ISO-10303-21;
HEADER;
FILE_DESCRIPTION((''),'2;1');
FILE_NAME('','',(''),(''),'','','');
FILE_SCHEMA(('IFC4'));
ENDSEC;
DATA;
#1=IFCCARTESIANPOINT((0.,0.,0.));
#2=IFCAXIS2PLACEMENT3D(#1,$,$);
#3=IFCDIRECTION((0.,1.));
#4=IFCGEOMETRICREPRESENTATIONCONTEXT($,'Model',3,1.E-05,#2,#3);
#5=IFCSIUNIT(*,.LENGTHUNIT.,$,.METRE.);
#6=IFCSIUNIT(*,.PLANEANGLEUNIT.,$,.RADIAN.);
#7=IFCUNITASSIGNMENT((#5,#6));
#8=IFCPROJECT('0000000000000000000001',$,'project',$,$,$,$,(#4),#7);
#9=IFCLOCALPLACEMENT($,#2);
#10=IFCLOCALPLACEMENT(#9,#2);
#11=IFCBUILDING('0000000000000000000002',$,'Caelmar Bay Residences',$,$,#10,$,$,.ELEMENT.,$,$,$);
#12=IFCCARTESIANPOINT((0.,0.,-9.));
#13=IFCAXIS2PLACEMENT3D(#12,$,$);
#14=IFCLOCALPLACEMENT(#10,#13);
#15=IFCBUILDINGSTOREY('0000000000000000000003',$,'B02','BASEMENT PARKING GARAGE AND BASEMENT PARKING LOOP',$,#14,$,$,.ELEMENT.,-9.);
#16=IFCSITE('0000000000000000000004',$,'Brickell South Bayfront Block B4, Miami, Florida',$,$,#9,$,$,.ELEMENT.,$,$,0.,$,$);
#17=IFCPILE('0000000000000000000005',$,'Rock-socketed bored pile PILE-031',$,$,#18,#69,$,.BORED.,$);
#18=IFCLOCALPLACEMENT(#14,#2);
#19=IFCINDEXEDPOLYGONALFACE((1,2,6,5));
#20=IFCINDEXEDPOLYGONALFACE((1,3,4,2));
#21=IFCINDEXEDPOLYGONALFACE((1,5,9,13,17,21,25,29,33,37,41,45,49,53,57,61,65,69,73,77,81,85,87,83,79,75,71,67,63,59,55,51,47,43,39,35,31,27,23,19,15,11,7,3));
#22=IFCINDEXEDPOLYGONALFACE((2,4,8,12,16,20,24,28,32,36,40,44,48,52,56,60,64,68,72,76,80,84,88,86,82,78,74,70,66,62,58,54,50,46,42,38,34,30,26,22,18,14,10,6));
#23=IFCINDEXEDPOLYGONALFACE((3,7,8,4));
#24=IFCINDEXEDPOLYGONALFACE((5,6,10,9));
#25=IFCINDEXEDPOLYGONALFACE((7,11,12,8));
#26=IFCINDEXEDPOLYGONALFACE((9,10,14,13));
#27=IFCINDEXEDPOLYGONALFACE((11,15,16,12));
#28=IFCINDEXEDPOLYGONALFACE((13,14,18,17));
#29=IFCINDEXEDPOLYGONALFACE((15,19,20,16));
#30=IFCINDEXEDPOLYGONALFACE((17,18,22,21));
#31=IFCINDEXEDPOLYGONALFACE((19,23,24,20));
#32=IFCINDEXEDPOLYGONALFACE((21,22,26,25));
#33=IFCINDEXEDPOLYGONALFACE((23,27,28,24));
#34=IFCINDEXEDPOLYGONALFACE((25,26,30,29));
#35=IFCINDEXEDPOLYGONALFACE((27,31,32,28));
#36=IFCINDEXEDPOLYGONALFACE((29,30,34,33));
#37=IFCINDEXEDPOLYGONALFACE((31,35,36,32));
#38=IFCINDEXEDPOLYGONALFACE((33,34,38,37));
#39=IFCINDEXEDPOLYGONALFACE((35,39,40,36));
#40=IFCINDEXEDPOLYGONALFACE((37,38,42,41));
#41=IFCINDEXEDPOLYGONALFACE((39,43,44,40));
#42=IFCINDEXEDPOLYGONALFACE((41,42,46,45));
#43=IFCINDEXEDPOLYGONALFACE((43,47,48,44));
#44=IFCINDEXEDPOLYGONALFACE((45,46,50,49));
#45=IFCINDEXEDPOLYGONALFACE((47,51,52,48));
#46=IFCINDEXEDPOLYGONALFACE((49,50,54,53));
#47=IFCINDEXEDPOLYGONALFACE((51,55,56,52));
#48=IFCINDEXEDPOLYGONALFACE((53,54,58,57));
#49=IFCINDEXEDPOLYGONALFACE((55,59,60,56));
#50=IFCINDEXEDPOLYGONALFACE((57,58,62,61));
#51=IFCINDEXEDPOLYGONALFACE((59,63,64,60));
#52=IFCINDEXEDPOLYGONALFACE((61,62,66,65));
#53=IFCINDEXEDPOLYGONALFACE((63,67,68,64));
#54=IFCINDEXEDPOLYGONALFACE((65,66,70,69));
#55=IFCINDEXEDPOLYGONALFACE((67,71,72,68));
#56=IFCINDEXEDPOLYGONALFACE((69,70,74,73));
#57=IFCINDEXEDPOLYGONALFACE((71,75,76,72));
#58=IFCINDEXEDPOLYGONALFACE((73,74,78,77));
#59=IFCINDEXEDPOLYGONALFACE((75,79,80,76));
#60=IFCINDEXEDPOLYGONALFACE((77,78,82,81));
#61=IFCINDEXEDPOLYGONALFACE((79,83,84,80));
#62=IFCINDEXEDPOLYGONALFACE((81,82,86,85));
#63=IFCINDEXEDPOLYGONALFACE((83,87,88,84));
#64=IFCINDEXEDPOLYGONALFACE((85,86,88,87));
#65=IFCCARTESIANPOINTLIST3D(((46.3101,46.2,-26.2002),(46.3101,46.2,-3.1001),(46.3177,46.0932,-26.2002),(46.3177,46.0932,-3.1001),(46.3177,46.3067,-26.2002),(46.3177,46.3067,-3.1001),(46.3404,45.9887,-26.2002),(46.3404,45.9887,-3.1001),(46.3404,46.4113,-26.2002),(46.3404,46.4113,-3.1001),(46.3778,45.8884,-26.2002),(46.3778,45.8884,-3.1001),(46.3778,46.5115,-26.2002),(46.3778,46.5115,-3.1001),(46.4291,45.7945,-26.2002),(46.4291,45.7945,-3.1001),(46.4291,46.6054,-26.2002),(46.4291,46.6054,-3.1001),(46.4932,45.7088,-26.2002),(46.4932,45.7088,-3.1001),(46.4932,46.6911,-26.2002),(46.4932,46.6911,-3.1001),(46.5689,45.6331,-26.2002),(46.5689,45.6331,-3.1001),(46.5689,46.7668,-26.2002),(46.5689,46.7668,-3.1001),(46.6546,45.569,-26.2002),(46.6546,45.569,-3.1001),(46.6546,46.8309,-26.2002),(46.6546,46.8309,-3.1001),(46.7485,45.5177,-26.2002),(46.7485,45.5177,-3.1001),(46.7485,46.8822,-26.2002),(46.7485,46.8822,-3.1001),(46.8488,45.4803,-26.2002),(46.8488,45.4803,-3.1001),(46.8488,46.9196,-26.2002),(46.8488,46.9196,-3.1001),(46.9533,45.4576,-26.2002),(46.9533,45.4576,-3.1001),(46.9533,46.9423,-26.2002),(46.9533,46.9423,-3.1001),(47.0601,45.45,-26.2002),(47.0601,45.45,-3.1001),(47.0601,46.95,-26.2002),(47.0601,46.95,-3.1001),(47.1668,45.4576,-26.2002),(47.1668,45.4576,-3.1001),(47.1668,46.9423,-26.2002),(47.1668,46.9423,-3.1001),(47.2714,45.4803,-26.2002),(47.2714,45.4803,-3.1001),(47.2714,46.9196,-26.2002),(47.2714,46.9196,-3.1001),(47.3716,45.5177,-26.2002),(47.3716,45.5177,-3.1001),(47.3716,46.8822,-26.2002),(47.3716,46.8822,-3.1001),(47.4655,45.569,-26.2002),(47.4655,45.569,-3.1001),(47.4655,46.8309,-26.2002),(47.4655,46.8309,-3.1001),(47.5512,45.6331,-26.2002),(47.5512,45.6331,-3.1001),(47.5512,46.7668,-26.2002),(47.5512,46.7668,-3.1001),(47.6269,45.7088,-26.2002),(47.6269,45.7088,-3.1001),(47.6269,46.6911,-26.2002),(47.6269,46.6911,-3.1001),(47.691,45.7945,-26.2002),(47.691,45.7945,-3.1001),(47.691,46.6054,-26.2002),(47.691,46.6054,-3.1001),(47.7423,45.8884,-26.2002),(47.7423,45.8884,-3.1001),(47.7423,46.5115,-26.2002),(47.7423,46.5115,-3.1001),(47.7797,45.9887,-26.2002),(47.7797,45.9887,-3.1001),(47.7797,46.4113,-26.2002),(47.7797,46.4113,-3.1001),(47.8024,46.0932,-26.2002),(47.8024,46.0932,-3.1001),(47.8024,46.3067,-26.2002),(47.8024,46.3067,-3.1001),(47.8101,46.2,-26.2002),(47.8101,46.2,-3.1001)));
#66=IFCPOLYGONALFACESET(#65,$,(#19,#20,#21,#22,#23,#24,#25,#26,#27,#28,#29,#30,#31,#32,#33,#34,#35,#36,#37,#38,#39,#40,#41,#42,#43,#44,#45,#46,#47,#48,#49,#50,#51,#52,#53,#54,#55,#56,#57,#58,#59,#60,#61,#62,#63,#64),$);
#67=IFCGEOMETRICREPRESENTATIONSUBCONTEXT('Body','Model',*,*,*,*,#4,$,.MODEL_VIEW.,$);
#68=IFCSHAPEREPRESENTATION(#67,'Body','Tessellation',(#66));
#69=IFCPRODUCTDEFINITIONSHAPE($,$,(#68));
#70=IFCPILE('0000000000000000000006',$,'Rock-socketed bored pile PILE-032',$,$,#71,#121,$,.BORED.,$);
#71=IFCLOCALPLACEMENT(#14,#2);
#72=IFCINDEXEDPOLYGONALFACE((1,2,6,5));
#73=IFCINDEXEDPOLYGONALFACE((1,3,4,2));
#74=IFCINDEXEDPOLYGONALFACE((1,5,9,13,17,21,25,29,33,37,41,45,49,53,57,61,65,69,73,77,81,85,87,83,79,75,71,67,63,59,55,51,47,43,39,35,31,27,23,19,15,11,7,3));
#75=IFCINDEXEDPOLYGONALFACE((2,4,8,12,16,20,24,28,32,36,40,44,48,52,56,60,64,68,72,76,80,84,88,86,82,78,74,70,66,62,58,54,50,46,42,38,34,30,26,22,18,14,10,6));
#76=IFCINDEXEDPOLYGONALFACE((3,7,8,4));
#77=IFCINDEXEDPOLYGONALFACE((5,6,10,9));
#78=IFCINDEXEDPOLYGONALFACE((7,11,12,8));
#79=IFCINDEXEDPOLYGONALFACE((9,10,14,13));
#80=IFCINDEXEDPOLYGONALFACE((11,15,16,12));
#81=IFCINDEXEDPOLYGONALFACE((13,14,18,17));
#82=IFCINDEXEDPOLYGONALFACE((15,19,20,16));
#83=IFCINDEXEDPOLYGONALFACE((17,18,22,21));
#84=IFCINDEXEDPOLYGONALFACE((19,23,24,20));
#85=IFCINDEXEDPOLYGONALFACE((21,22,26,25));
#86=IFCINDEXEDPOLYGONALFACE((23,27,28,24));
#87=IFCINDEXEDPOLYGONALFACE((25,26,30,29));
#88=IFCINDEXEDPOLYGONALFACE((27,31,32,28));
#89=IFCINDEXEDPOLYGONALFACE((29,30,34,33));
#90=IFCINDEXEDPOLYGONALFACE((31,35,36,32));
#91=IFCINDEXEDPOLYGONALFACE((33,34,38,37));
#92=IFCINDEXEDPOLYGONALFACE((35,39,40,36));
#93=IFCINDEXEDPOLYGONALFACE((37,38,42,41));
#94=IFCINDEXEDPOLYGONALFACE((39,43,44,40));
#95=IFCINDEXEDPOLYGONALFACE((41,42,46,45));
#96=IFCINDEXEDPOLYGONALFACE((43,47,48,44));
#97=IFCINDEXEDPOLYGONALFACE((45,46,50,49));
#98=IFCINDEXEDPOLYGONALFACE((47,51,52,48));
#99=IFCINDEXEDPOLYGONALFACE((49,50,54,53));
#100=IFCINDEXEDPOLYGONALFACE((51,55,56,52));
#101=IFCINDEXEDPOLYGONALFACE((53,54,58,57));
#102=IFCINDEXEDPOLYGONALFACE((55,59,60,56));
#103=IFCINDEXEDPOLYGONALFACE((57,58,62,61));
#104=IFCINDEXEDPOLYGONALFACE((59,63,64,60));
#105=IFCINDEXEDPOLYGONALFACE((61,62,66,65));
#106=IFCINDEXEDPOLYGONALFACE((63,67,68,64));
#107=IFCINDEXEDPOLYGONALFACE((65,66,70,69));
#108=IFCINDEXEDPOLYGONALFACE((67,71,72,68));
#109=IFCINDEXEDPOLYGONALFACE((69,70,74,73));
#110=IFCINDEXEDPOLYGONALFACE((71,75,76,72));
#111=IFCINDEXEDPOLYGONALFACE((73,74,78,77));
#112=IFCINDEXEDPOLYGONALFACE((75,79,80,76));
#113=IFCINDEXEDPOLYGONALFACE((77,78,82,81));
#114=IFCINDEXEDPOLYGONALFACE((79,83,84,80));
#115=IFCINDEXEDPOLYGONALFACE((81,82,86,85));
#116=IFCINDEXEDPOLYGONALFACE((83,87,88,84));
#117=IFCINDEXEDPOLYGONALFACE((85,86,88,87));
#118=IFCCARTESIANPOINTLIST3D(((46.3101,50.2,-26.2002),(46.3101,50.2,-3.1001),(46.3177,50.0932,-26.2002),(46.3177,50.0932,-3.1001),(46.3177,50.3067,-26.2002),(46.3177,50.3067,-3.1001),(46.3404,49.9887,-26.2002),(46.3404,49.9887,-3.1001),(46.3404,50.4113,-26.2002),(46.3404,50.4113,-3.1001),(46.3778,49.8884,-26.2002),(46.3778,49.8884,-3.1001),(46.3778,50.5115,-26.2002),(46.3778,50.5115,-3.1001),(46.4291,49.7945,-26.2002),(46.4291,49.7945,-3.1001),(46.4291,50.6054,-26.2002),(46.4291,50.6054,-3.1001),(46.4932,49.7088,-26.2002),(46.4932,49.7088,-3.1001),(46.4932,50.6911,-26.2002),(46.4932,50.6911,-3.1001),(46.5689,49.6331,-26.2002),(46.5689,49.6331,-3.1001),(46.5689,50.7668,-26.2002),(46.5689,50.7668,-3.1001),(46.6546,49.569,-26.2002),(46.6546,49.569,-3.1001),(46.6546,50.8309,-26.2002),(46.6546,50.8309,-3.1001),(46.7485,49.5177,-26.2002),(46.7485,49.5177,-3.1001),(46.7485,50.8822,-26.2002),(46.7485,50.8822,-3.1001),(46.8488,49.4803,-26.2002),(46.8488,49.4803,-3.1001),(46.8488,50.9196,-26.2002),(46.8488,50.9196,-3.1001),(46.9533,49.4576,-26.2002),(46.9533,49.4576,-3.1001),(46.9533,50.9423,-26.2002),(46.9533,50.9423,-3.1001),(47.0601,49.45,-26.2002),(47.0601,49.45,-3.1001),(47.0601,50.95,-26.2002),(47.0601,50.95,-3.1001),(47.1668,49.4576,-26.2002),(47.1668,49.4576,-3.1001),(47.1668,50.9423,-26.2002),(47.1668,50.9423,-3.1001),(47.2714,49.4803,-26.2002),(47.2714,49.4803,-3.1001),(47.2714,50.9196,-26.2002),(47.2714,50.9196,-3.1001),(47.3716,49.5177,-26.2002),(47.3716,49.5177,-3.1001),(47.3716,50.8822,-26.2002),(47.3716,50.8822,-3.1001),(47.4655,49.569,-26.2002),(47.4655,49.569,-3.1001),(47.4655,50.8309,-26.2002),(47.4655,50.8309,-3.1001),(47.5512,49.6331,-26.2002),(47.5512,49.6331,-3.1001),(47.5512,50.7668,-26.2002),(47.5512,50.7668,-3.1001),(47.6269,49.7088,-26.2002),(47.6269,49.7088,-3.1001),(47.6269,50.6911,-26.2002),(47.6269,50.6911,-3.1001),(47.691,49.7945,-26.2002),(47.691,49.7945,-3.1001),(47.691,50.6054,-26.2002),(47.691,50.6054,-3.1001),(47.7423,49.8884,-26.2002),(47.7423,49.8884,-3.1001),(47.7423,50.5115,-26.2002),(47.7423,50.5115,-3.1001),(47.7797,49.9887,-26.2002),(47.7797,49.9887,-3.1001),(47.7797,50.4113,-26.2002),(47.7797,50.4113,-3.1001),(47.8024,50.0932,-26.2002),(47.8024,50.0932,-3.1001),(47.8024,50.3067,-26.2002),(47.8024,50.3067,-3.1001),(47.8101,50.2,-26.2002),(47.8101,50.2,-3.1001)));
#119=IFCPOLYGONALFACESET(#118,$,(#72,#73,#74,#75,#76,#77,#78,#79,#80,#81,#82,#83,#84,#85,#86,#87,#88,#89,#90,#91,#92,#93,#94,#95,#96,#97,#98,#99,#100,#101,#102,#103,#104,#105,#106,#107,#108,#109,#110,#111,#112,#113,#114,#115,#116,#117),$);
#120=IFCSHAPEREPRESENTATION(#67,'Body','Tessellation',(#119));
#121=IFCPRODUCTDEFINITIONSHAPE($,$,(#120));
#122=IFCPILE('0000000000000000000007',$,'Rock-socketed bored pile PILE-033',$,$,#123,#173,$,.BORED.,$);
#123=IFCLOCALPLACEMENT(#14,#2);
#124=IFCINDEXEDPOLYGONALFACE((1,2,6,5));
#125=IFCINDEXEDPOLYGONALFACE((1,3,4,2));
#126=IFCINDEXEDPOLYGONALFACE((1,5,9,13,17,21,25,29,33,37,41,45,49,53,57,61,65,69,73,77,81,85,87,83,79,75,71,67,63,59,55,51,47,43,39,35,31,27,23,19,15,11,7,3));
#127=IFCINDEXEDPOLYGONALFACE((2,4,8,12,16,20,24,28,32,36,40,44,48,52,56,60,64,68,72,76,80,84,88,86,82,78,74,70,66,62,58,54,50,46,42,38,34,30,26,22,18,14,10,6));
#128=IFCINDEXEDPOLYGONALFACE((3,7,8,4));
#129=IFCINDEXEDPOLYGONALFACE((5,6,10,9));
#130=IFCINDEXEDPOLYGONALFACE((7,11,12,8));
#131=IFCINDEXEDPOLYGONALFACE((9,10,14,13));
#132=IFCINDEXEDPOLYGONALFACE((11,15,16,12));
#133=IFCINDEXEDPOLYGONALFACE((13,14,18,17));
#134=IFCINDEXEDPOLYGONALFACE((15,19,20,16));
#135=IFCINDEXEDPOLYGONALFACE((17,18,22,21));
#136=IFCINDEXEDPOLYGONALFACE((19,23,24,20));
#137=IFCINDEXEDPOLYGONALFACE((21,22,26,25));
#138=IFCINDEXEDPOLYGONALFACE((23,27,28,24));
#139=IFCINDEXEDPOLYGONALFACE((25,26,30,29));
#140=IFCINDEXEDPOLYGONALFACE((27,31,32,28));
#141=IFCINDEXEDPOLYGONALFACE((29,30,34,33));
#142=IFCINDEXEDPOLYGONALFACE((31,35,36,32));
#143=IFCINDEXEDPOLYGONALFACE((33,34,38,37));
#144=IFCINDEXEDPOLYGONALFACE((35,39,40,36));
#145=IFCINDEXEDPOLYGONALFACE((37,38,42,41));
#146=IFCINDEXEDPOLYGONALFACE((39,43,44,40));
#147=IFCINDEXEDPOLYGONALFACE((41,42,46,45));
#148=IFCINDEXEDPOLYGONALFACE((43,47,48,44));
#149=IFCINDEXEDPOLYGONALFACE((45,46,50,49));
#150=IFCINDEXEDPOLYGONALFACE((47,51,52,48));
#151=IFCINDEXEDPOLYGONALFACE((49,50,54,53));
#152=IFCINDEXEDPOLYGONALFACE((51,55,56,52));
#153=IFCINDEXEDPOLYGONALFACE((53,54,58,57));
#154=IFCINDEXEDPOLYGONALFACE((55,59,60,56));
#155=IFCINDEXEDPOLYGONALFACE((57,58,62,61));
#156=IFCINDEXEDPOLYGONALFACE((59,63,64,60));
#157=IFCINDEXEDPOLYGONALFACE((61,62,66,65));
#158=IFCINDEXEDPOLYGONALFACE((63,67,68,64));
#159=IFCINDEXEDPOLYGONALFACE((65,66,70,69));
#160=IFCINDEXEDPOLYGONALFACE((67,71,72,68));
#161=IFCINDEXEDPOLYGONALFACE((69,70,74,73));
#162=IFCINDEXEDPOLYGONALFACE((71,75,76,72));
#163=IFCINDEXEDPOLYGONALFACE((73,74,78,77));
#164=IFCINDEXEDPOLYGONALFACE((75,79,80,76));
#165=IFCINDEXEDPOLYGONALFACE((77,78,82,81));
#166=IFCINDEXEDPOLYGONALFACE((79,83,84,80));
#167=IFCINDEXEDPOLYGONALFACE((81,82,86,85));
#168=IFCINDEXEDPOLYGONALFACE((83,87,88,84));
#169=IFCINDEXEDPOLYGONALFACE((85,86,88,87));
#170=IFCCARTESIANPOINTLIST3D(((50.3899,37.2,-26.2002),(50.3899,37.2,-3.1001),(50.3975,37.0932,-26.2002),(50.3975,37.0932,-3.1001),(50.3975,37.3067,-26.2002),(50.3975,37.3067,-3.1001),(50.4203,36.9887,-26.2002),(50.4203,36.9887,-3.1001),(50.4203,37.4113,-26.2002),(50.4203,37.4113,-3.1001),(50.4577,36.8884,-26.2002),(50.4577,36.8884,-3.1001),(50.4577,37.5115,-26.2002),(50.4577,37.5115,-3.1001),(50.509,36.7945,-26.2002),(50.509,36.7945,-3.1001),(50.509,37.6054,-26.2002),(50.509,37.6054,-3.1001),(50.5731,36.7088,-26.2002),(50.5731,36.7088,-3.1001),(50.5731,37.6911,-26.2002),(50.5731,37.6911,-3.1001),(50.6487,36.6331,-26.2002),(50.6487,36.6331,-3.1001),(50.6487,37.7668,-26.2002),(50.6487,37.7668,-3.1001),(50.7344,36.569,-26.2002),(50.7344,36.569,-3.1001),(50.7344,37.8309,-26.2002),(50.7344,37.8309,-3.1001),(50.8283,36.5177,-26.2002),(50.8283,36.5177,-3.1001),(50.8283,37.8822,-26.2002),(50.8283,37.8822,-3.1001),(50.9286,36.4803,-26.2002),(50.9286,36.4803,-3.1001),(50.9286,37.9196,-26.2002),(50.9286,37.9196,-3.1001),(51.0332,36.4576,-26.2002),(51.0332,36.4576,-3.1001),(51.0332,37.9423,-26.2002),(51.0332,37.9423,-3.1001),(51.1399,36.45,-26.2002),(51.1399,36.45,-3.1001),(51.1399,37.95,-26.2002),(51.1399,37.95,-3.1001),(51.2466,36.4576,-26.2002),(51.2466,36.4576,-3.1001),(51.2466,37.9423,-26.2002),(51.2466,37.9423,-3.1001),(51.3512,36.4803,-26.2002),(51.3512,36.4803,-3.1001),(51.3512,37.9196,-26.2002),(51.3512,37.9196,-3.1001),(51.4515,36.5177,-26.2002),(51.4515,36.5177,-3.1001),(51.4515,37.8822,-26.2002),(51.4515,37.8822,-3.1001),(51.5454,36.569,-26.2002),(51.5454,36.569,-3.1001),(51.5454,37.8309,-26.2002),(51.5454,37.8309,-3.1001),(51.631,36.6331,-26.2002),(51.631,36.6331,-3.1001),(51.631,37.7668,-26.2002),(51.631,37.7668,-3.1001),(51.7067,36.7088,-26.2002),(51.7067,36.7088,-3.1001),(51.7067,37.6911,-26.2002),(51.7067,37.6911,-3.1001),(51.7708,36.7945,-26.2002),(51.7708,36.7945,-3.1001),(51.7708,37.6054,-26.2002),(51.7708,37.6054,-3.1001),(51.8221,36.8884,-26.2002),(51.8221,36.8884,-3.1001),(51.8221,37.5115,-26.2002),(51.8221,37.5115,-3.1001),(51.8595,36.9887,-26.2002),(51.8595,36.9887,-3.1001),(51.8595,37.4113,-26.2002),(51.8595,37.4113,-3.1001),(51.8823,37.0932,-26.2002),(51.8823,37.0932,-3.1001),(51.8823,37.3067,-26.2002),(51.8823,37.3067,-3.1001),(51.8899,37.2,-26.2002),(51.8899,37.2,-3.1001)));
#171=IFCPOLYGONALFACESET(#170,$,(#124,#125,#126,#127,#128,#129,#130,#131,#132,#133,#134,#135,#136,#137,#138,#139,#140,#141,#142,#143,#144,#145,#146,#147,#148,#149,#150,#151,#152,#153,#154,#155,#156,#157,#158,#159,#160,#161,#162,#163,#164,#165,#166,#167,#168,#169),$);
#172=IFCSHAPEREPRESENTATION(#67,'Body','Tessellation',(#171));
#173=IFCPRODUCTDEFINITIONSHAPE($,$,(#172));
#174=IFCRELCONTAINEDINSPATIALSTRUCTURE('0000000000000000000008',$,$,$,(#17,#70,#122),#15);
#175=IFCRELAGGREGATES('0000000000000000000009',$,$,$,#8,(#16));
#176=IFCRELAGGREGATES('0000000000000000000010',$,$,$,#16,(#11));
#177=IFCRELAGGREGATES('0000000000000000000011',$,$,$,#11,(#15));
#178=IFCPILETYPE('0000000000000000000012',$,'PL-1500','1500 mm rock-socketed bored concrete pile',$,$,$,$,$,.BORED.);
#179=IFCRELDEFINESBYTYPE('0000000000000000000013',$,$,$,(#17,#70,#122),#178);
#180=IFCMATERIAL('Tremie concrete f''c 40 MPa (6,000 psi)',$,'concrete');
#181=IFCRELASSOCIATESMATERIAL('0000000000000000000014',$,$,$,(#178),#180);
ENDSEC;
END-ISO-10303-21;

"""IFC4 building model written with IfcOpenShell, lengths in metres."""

from ifc_helpers import new_model, si_unit, direction, frame, origin, origin_2d, place, context, subcontext, project, spatial, circle, extrude, material, material_profile, profile_set, type_object, element, save


model = new_model("IFC4")

# Units and contexts
model_context = context("Model", 3, precision=1e-05, world=origin(), true_north=direction((0.0, 1.0)))
body_context = subcontext(model_context, "Body", "Model", "MODEL_VIEW")
ifc_project = project(units=[si_unit("LENGTHUNIT", "METRE"), si_unit("PLANEANGLEUNIT", "RADIAN")], contexts=[model_context])

# Site, building, storey
site_placement = place(None, origin())
site = spatial("IfcSite", under=ifc_project, at=site_placement, Name="Brickell South Bayfront Block B4, Miami, Florida", CompositionType="ELEMENT", RefElevation=0.0)
building_placement = place(site_placement, origin())
building = spatial("IfcBuilding", under=site, at=building_placement, Name="Caelmar Bay Residences", CompositionType="ELEMENT")
storey_placement = place(building_placement, frame((0.0, 0.0, -9.0)))
storey = spatial("IfcBuildingStorey", under=building, at=storey_placement, Name="B02", Description="BASEMENT PARKING GARAGE AND BASEMENT PARKING LOOP", CompositionType="ELEMENT", Elevation=-9.0)

# Piles
ifc_material_1 = material(Name="Tremie concrete f'c 40 MPa (6,000 psi)", Category="concrete")
ifc_material_profile_1 = material_profile(ifc_material_1, circle(Radius=0.75, at=origin_2d()), Name="PILE-1500D")
ifc_profile_set_1 = profile_set([ifc_material_profile_1], Name="Tremie concrete f'c 40 MPa (6,000 psi)")
pile_type_1 = type_object("IfcPileType", Name="PL-1500", Description="1500 mm rock-socketed bored concrete pile", PredefinedType="BORED", material=ifc_profile_set_1)
for number, where, z_axis, x_axis, name in (
    (1, (47.0601, 46.2, -3.1001), (0.0, 0.0, -1.0), (1.0, 0.0, 0.0), "Rock-socketed bored pile PILE-031"),
    (2, (47.0601, 50.2, -3.1001), (0.0, 0.0, -1.0), (1.0, 0.0, 0.0), "Rock-socketed bored pile PILE-032"),
    (3, (51.1399, 37.2, -3.1001), (0.0, 0.0, -1.0), (1.0, 0.0, 0.0), "Rock-socketed bored pile PILE-033"),
):
    element("IfcPile", number, at=place(storey_placement, frame(where, z_axis=z_axis, x_axis=x_axis)), inside=storey, type_object=pile_type_1, Name=name, PredefinedType="BORED", context=body_context, shape_type="SweptSolid", body=[
        extrude(circle(Radius=0.75, at=origin_2d()), origin(), (0.0, 0.0, 1.0), 23.1001),
    ])

save(model, "model.ifc")
